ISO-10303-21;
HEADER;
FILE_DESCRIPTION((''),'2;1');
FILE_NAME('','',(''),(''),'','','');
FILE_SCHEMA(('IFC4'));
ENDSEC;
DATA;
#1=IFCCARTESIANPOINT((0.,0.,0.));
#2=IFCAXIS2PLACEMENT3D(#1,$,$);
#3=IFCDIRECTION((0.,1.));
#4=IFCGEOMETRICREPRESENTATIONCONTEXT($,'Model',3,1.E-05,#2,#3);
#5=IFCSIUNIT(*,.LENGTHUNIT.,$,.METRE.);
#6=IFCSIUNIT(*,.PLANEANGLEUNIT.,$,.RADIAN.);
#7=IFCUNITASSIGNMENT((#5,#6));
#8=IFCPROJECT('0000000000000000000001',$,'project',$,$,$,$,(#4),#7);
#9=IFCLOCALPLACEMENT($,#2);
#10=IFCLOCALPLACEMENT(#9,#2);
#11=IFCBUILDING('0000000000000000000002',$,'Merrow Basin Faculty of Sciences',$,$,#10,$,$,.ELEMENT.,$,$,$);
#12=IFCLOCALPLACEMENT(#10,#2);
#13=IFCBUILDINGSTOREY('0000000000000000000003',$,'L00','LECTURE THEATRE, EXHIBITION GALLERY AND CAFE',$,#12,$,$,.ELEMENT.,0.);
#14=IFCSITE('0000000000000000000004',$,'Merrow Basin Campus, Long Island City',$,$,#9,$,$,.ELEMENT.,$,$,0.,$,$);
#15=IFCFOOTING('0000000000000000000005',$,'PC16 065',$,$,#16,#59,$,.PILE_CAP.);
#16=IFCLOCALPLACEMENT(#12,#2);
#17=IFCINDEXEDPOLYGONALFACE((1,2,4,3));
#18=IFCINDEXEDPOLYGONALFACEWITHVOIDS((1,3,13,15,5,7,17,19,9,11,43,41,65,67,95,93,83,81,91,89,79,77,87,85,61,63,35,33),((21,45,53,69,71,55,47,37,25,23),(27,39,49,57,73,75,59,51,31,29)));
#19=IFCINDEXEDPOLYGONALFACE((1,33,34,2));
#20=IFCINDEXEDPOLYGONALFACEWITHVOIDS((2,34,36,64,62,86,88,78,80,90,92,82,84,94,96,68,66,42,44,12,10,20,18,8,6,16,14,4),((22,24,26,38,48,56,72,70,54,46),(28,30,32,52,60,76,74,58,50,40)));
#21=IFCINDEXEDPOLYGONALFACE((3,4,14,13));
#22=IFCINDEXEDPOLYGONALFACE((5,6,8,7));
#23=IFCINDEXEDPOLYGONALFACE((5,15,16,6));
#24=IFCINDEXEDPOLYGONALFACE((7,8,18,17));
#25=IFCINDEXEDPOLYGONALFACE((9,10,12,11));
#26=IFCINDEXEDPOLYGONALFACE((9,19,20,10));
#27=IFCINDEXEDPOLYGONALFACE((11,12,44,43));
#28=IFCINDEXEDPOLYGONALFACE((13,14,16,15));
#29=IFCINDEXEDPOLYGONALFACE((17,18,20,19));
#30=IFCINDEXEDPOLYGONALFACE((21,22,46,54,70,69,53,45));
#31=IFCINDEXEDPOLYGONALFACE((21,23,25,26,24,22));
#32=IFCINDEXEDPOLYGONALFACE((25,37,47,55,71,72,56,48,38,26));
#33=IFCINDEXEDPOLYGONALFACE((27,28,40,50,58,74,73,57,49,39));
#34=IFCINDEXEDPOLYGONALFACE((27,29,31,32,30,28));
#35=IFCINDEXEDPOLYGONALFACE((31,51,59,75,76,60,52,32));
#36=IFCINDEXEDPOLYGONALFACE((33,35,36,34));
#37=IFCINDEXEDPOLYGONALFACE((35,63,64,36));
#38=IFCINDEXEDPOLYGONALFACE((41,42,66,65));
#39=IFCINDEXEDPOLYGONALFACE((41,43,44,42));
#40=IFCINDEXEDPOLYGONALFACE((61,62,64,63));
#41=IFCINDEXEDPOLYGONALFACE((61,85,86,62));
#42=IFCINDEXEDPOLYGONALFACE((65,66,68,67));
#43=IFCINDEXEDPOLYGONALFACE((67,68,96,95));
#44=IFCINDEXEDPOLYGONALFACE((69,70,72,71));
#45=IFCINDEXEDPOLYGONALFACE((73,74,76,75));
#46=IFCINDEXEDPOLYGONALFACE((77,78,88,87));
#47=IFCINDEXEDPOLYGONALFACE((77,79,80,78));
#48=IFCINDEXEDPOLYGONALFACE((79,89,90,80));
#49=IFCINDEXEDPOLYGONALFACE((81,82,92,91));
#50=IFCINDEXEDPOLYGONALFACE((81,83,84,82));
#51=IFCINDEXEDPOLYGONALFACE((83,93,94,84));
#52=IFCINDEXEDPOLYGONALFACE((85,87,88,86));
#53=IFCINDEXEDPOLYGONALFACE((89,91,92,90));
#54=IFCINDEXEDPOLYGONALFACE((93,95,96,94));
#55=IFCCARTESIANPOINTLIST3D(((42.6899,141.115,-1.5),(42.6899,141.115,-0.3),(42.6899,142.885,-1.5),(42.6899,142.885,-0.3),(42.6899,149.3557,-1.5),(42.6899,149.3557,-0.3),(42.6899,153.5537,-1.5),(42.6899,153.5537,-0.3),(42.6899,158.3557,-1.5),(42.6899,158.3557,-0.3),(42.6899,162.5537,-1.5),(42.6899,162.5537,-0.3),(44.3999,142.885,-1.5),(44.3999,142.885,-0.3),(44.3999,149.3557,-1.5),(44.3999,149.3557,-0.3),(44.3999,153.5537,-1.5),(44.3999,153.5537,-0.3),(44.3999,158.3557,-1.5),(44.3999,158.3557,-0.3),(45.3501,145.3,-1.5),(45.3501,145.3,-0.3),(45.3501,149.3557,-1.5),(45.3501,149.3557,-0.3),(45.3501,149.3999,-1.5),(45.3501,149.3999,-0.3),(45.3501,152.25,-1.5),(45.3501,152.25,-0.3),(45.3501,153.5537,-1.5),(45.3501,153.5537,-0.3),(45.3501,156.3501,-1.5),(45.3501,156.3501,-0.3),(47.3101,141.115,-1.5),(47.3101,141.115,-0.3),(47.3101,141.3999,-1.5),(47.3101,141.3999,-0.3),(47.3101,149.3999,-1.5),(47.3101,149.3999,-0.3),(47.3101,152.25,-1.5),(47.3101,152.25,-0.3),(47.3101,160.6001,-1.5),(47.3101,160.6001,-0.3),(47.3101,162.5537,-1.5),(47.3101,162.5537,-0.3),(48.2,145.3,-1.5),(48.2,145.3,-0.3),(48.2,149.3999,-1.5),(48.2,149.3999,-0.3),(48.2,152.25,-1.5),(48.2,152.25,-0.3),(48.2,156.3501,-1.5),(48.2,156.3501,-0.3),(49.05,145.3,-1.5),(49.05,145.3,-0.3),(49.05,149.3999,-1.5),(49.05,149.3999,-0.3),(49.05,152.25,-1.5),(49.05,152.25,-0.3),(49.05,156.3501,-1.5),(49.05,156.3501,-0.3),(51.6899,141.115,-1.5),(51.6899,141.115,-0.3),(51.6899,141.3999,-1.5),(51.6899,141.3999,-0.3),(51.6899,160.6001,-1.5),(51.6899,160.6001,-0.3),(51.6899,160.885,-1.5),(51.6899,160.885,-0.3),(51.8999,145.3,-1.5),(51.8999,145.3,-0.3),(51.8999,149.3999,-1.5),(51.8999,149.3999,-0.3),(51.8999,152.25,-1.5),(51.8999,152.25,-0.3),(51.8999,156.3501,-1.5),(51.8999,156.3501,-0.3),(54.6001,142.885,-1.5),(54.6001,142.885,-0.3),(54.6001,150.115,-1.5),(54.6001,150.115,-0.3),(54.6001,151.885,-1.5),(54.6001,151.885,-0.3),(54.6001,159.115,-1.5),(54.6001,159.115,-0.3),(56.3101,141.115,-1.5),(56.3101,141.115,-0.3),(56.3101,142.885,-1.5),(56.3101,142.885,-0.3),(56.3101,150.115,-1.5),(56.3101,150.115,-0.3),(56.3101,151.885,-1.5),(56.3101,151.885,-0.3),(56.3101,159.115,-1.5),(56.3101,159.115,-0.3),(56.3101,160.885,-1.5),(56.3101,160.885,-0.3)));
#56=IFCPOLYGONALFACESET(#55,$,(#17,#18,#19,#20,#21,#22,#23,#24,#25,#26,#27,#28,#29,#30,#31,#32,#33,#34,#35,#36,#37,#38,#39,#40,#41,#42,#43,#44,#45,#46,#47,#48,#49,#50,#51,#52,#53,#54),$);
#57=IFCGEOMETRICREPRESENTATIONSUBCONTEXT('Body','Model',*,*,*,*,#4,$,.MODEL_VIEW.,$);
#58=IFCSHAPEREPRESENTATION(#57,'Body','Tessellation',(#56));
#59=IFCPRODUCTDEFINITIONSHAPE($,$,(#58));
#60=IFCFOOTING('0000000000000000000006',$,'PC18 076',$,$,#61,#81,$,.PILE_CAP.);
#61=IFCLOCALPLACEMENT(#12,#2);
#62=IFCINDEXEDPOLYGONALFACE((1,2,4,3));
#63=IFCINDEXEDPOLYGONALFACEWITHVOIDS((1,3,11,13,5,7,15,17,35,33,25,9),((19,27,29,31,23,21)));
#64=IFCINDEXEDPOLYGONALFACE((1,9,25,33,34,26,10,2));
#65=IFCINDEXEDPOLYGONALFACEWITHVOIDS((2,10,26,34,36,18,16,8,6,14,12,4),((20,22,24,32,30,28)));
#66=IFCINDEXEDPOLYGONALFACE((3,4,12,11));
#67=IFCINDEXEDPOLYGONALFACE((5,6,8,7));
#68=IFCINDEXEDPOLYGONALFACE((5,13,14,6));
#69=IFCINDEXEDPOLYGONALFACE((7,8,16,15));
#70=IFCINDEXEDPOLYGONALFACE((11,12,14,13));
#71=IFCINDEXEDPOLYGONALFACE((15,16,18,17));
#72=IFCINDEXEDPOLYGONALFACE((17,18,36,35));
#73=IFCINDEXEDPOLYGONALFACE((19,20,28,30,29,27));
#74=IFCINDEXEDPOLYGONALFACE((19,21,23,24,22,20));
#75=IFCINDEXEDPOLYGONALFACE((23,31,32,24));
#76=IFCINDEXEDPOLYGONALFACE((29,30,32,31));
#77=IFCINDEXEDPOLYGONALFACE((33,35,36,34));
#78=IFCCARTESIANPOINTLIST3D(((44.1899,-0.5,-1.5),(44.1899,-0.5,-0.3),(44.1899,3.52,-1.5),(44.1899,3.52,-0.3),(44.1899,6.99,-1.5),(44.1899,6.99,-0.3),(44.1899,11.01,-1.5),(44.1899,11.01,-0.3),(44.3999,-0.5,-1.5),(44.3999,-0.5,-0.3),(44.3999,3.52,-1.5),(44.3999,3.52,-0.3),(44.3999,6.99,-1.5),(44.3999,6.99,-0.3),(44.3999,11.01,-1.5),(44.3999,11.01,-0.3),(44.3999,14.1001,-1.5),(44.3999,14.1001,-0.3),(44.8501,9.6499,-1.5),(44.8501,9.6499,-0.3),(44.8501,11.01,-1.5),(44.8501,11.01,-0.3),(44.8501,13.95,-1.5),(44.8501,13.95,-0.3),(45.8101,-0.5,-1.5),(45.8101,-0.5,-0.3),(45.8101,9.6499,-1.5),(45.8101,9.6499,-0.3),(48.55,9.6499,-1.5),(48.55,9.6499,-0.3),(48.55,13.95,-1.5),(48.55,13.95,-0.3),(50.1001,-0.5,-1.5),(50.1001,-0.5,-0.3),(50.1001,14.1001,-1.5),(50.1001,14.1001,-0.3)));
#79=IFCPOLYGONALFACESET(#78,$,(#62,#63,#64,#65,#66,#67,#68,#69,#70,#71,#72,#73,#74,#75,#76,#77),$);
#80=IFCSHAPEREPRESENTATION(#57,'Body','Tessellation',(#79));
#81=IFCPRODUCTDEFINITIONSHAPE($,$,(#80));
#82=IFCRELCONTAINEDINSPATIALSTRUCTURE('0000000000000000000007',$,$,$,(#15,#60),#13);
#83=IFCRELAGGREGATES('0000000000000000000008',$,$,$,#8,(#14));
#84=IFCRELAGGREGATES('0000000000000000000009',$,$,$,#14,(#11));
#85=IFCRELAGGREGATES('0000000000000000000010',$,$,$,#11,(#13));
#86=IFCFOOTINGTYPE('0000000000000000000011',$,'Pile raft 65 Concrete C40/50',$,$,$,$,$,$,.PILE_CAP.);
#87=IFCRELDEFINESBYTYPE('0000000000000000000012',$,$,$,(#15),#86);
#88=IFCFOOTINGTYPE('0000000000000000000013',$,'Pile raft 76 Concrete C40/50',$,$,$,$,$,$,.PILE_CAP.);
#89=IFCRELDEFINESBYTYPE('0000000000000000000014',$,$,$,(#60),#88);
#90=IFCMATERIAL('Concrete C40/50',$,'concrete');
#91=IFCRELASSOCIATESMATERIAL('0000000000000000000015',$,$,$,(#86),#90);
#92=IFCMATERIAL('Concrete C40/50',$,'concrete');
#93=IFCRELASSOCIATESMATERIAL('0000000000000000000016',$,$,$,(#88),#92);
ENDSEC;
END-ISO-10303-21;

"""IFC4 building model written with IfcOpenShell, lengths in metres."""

from ifc_helpers import new_model, si_unit, direction, frame, origin, place, context, subcontext, project, spatial, polyline, outline, extrude, material, type_object, element, save


model = new_model("IFC4")

# Units and contexts
model_context = context("Model", 3, precision=1e-05, world=origin(), true_north=direction((0.0, 1.0)))
body_context = subcontext(model_context, "Body", "Model", "MODEL_VIEW")
ifc_project = project(units=[si_unit("LENGTHUNIT", "METRE"), si_unit("PLANEANGLEUNIT", "RADIAN")], contexts=[model_context])

# Site, building, storey
site_placement = place(None, origin())
site = spatial("IfcSite", under=ifc_project, at=site_placement, Name="Merrow Basin Campus, Long Island City", CompositionType="ELEMENT", RefElevation=0.0)
building_placement = place(site_placement, origin())
building = spatial("IfcBuilding", under=site, at=building_placement, Name="Merrow Basin Faculty of Sciences", CompositionType="ELEMENT")
storey_placement = place(building_placement, origin())
storey = spatial("IfcBuildingStorey", under=building, at=storey_placement, Name="L00", Description="LECTURE THEATRE, EXHIBITION GALLERY AND CAFE", CompositionType="ELEMENT", Elevation=0.0)

# Footings
ifc_material_1 = material(Name="Concrete C40/50", Category="concrete")
footing_type_1 = type_object("IfcFootingType", Name="Pile raft 65 Concrete C40/50", PredefinedType="PILE_CAP", material=ifc_material_1)
footing_1_placement = place(storey_placement, frame((0.0, 0.0, -1.5)))
element("IfcFooting", 1, at=footing_1_placement, inside=storey, type_object=footing_type_1, Name="PC16 065", PredefinedType="PILE_CAP", context=body_context, shape_type="SweptSolid", body=[
    extrude(outline(polyline([(42.6899, 142.885), (44.3999, 142.885), (44.3999, 149.3557), (42.6899, 149.3557), (42.6899, 153.5537), (44.3999, 153.5537), (44.3999, 158.3557), (42.6899, 158.3557), (42.6899, 162.5537), (47.3101, 162.5537), (47.3101, 160.6001), (51.6899, 160.6001), (51.6899, 160.885), (56.3101, 160.885), (56.3101, 159.115), (54.6001, 159.115), (54.6001, 151.885), (56.3101, 151.885), (56.3101, 150.115), (54.6001, 150.115), (54.6001, 142.885), (56.3101, 142.885), (56.3101, 141.115), (51.6899, 141.115), (51.6899, 141.3999), (47.3101, 141.3999), (47.3101, 141.115), (42.6899, 141.115), (42.6899, 142.885)]), holes=[polyline([(49.05, 152.25), (51.8999, 152.25), (51.8999, 156.3501), (49.05, 156.3501), (48.2, 156.3501), (45.3501, 156.3501), (45.3501, 153.5537), (45.3501, 152.25), (47.3101, 152.25), (48.2, 152.25), (49.05, 152.25)]), polyline([(45.3501, 145.3), (48.2, 145.3), (49.05, 145.3), (51.8999, 145.3), (51.8999, 149.3999), (49.05, 149.3999), (48.2, 149.3999), (47.3101, 149.3999), (45.3501, 149.3999), (45.3501, 149.3557), (45.3501, 145.3)])]), origin(), (0.0, 0.0, 1.0), 1.2),
])
ifc_material_2 = material(Name="Concrete C40/50", Category="concrete")
footing_type_2 = type_object("IfcFootingType", Name="Pile raft 76 Concrete C40/50", PredefinedType="PILE_CAP", material=ifc_material_2)
footing_2_placement = place(storey_placement, frame((0.0, 0.0, -1.5)))
element("IfcFooting", 2, at=footing_2_placement, inside=storey, type_object=footing_type_2, Name="PC18 076", PredefinedType="PILE_CAP", context=body_context, shape_type="SweptSolid", body=[
    extrude(outline(polyline([(44.3999, 3.52), (44.3999, 6.99), (44.1899, 6.99), (44.1899, 11.01), (44.3999, 11.01), (44.3999, 14.1001), (50.1001, 14.1001), (50.1001, -0.5), (45.8101, -0.5), (44.3999, -0.5), (44.1899, -0.5), (44.1899, 3.52), (44.3999, 3.52)]), holes=[polyline([(48.55, 9.6499), (48.55, 13.95), (44.8501, 13.95), (44.8501, 11.01), (44.8501, 9.6499), (45.8101, 9.6499), (48.55, 9.6499)])]), origin(), (0.0, 0.0, 1.0), 1.2),
])

save(model, "model.ifc")
